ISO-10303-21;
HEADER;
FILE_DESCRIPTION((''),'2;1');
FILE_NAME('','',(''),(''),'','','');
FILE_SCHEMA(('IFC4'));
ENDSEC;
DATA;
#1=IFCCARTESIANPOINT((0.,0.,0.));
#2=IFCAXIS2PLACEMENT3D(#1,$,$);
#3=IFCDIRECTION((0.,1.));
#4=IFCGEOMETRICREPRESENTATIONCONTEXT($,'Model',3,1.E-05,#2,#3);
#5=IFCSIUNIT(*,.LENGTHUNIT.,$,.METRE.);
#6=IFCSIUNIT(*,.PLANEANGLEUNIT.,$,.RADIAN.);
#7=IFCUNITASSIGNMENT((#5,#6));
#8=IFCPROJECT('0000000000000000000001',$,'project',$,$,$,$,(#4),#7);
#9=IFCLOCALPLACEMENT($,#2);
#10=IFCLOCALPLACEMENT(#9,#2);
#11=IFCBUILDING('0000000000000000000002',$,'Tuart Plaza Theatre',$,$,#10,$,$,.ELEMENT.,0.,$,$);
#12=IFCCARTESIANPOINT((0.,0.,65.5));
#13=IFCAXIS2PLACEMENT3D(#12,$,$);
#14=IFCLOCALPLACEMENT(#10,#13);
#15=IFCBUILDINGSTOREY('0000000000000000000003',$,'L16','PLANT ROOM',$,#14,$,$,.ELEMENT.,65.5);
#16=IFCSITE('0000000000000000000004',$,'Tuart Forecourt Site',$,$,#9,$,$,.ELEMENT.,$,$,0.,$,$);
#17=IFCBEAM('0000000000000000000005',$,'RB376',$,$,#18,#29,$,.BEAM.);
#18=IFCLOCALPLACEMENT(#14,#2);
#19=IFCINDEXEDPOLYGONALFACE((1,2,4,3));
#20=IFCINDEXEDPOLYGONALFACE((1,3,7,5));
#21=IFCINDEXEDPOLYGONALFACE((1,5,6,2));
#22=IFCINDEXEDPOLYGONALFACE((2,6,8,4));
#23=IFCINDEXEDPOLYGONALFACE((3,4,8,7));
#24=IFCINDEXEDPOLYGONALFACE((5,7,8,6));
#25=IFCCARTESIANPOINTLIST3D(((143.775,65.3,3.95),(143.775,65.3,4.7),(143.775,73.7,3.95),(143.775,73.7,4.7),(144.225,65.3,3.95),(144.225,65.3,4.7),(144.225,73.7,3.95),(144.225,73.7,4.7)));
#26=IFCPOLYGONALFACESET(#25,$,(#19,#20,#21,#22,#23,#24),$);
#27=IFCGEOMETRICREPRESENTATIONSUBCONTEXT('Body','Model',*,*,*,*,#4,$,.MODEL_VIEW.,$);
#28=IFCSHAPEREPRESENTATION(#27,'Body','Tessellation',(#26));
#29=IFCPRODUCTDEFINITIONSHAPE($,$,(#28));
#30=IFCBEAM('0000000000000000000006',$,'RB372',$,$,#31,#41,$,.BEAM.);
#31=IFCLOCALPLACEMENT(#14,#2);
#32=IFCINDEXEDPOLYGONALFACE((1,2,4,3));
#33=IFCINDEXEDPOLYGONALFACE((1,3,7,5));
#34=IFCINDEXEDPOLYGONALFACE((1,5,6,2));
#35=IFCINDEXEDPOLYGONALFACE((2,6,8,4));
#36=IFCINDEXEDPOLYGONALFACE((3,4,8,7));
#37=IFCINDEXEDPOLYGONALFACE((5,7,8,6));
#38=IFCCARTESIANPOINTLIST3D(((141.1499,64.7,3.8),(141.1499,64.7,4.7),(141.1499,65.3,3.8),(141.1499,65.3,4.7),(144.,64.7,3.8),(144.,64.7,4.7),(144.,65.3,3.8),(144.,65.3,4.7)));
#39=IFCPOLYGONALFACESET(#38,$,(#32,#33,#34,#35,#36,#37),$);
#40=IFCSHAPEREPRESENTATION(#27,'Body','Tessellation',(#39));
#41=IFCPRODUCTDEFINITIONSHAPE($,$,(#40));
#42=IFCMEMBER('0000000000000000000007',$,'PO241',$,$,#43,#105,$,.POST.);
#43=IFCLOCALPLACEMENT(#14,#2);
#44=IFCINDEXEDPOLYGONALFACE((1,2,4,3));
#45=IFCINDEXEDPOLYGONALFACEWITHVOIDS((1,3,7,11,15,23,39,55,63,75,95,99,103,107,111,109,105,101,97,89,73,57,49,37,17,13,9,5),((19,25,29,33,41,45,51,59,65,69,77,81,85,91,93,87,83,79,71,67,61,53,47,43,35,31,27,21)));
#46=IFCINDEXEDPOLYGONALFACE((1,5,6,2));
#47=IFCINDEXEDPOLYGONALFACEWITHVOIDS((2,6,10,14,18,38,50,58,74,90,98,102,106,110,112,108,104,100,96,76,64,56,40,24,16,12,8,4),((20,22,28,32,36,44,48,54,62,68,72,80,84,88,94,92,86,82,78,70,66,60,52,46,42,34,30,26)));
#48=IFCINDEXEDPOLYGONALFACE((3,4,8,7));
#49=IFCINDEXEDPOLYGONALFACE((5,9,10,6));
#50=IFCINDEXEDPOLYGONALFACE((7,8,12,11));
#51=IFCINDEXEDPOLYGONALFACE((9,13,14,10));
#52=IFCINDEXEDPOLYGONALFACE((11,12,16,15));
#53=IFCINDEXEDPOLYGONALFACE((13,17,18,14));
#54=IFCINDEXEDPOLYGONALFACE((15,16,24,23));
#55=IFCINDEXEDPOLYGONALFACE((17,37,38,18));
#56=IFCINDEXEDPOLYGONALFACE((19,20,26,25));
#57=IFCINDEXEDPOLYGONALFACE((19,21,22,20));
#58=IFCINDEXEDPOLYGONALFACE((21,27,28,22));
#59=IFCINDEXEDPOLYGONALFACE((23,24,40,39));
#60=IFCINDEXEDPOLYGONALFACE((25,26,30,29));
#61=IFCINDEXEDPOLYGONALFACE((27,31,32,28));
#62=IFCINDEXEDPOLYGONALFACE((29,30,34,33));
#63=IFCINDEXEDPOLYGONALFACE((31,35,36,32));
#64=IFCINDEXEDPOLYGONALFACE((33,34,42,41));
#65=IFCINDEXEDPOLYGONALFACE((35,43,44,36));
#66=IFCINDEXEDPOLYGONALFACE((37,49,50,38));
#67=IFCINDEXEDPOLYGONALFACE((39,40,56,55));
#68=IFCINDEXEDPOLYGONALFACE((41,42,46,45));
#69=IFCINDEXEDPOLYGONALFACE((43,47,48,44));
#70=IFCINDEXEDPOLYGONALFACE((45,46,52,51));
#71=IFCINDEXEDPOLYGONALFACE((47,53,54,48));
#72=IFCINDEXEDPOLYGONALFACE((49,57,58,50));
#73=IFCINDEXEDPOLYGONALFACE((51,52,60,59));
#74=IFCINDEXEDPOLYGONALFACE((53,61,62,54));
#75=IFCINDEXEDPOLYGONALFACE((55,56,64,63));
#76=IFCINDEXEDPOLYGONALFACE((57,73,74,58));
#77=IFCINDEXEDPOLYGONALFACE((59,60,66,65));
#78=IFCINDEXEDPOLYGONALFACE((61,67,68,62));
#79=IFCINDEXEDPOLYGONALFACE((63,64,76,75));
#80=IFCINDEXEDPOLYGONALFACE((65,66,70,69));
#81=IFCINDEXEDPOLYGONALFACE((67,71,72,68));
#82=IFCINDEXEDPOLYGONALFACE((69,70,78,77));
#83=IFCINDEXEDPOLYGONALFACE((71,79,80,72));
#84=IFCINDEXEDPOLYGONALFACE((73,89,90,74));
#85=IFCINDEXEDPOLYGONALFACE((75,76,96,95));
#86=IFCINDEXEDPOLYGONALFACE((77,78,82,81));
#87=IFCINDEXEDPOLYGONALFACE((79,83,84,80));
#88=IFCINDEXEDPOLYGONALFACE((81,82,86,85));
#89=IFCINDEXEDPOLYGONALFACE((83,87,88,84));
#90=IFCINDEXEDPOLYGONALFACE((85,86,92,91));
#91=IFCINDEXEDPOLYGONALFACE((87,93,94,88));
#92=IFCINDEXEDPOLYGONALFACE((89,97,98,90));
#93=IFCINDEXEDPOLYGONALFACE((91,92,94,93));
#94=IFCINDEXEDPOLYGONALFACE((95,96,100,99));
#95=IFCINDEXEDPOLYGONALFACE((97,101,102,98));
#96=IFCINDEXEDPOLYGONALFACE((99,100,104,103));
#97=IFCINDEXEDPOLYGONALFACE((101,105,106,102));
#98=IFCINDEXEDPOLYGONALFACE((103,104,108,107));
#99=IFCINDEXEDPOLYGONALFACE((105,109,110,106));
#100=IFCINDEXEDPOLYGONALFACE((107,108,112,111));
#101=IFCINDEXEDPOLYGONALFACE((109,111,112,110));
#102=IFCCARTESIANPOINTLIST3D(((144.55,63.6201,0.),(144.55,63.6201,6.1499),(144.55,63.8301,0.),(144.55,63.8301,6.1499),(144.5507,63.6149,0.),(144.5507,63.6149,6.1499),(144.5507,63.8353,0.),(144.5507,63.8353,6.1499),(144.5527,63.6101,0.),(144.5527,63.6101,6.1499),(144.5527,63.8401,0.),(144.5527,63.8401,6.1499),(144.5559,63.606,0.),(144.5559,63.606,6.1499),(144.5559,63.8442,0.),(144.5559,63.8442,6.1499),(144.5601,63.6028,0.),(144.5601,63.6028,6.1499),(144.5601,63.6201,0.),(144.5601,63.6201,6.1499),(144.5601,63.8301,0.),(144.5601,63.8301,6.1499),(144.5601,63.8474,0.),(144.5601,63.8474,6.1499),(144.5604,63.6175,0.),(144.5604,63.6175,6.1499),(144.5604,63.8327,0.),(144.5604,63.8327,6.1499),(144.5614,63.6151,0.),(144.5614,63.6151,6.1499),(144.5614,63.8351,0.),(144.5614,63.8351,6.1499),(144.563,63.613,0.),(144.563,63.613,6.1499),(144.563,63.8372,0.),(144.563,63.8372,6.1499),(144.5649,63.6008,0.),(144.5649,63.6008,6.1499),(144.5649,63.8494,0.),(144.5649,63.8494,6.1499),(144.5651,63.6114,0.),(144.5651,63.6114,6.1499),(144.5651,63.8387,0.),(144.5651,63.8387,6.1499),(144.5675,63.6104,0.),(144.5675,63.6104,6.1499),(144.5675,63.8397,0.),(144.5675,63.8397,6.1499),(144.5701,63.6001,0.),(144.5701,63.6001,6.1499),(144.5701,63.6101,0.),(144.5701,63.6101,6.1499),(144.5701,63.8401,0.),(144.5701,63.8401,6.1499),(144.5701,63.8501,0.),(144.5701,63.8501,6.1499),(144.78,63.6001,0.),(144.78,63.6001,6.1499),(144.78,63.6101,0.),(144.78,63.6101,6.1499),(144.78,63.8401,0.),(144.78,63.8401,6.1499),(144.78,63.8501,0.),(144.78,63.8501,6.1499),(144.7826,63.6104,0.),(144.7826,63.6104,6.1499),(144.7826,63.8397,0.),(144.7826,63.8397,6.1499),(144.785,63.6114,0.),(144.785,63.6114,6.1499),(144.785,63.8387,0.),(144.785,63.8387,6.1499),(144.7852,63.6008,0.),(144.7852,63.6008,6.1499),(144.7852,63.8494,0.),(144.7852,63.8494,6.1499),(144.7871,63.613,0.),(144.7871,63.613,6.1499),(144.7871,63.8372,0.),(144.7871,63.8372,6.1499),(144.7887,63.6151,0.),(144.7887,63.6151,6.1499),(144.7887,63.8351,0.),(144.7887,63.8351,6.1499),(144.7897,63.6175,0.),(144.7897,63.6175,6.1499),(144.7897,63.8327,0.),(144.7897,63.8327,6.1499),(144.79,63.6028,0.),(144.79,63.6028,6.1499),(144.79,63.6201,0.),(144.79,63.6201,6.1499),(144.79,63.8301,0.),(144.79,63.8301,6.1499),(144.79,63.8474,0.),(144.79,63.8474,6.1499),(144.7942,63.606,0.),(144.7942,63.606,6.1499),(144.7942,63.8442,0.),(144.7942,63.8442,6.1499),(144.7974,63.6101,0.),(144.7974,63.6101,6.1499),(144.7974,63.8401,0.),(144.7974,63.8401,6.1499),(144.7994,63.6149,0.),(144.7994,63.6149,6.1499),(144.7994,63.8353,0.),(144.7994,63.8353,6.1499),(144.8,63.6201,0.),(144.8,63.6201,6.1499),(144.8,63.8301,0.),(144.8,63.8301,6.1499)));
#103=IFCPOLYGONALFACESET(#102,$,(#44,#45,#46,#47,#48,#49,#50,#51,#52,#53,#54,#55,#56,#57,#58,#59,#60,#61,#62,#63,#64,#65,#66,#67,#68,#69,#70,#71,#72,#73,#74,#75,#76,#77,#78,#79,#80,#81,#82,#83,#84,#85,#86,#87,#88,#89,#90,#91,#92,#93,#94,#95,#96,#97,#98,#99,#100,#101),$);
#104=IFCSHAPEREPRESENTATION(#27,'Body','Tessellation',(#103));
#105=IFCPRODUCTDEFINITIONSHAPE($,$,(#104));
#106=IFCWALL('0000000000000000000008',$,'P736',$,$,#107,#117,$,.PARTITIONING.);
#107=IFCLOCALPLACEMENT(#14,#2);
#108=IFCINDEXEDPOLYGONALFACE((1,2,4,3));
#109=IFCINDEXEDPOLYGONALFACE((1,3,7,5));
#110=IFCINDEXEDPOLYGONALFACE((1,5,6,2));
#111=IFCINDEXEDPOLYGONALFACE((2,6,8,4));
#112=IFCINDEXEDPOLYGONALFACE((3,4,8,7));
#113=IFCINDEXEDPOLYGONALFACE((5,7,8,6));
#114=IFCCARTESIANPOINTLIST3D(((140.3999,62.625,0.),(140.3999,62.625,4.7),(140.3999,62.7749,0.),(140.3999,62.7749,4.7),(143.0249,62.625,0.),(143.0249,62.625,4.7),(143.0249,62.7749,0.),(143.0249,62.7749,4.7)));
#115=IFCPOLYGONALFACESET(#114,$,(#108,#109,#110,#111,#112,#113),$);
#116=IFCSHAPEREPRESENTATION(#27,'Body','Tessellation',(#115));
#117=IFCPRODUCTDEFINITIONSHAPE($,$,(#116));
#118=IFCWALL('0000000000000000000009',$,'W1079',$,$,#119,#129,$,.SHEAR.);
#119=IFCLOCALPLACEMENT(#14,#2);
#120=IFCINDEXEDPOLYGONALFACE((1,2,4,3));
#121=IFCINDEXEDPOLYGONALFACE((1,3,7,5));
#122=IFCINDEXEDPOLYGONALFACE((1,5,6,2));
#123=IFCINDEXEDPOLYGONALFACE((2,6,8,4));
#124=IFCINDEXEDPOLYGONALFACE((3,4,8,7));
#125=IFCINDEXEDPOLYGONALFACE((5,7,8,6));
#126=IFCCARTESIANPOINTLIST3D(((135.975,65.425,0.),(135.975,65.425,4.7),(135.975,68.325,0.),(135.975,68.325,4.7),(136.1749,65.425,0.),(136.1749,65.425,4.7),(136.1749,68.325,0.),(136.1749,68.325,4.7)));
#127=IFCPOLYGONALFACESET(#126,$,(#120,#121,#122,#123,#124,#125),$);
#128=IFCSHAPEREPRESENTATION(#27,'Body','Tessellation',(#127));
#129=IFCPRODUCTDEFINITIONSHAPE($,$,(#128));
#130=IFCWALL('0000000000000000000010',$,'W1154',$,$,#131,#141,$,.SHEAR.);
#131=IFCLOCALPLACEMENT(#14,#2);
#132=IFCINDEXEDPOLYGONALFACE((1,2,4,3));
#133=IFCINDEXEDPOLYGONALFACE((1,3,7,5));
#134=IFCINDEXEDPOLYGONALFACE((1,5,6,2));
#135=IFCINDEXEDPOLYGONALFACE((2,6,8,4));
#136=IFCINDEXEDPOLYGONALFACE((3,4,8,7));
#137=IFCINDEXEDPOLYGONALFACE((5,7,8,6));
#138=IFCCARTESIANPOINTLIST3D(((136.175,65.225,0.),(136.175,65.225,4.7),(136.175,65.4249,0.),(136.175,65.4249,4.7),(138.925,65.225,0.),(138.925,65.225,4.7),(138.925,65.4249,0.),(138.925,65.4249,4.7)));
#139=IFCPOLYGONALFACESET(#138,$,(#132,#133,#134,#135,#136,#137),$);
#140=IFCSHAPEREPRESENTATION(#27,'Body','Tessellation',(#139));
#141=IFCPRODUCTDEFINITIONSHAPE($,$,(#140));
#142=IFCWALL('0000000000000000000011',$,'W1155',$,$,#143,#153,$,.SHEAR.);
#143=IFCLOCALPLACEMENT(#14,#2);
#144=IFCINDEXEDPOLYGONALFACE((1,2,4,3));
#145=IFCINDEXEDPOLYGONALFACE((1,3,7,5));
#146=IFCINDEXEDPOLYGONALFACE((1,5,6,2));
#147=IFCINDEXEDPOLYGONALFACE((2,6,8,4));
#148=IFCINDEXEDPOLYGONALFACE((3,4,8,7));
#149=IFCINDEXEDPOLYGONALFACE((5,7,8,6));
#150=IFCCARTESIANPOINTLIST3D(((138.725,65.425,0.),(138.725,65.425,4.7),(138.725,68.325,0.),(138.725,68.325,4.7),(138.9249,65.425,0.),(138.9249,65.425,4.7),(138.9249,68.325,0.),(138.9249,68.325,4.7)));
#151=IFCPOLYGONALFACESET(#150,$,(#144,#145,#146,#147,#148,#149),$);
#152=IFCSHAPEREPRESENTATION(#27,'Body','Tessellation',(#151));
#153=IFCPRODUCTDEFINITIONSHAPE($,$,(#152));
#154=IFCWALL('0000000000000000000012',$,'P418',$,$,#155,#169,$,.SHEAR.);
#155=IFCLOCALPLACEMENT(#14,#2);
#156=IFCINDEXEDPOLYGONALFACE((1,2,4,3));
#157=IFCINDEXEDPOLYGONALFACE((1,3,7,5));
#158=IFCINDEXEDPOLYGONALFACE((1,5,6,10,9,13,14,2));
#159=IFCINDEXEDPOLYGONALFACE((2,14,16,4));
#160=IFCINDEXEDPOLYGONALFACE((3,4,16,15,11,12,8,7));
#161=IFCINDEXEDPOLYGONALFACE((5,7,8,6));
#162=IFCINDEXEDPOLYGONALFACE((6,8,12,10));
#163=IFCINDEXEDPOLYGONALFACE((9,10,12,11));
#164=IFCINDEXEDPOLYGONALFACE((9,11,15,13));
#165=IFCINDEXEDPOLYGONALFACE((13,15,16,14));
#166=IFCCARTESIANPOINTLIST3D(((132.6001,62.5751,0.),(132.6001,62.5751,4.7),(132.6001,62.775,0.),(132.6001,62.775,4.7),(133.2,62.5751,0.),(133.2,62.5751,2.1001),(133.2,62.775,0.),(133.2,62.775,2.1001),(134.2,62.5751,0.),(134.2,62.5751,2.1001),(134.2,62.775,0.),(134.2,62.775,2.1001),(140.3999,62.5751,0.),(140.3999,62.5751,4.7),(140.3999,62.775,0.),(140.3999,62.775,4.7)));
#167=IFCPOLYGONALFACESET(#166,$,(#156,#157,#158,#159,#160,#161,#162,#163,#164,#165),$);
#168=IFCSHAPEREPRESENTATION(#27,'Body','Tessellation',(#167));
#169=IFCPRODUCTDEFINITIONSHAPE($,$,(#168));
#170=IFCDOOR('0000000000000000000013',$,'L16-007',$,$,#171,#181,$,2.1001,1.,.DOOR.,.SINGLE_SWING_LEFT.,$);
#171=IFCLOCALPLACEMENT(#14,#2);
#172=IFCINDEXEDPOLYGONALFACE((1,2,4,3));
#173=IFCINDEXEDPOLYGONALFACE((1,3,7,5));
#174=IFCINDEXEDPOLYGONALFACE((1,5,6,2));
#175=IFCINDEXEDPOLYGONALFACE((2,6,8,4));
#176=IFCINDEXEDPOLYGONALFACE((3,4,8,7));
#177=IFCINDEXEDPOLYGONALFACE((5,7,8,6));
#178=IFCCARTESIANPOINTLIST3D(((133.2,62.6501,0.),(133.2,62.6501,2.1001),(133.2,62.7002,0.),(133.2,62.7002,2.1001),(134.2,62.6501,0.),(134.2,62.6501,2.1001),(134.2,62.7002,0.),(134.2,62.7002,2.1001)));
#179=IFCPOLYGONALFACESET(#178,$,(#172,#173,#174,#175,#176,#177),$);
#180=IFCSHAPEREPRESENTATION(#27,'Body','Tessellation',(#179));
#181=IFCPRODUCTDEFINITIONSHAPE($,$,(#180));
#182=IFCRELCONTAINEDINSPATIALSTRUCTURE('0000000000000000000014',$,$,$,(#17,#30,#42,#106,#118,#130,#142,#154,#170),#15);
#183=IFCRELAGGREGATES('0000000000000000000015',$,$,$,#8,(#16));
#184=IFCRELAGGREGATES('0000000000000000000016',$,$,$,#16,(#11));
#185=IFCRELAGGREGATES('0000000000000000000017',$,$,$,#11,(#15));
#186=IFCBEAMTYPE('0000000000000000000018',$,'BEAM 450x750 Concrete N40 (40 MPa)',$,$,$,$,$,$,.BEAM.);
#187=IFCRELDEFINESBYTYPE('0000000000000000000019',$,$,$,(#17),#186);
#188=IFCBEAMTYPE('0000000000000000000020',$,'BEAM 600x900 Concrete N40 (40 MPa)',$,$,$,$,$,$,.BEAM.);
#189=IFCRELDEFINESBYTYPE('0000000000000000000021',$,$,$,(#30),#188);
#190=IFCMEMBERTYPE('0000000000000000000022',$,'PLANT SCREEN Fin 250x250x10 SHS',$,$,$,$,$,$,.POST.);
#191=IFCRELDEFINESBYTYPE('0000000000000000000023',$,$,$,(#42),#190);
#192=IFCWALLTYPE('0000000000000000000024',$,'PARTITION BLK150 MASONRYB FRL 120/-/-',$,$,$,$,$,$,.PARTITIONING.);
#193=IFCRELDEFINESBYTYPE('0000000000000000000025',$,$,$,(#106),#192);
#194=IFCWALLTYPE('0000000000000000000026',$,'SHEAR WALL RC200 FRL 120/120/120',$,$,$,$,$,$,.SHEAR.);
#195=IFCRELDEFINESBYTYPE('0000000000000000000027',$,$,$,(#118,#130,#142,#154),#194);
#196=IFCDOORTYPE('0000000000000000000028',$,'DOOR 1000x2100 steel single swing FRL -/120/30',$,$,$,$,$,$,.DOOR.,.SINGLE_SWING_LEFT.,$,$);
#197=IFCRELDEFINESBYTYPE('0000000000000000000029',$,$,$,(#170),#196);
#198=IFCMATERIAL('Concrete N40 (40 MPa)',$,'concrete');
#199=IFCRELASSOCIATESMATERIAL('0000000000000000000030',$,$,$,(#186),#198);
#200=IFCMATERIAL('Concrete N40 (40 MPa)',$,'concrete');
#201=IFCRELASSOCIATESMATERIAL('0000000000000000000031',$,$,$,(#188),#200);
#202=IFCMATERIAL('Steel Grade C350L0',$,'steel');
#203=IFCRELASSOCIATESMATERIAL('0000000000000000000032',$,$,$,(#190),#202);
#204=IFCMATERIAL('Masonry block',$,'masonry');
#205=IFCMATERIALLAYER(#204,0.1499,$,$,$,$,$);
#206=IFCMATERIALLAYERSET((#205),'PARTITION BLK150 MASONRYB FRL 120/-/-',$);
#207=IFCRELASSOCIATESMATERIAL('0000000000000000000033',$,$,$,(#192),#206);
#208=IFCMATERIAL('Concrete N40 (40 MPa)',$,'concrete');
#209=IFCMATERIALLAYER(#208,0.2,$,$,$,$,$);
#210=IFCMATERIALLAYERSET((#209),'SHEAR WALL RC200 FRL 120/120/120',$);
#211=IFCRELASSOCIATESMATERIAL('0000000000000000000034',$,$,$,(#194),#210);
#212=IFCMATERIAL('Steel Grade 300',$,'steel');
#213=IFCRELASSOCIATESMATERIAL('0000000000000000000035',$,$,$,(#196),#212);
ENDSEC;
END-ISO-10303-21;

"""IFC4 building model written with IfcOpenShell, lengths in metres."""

from ifc_helpers import new_model, si_unit, direction, frame, frame_2d, origin, origin_2d, place, context, subcontext, project, spatial, rectangle, hollow_rectangle, extrude, material, layer, layer_set, material_profile, profile_set, type_object, element, fill, save


model = new_model("IFC4")

# Units and contexts
model_context = context("Model", 3, precision=1e-05, world=origin(), true_north=direction((0.0, 1.0)))
body_context = subcontext(model_context, "Body", "Model", "MODEL_VIEW")
ifc_project = project(units=[si_unit("LENGTHUNIT", "METRE"), si_unit("PLANEANGLEUNIT", "RADIAN")], contexts=[model_context])

# Site, building, storey
site_placement = place(None, origin())
site = spatial("IfcSite", under=ifc_project, at=site_placement, Name="Tuart Forecourt Site", CompositionType="ELEMENT", RefElevation=0.0)
building_placement = place(site_placement, origin())
building = spatial("IfcBuilding", under=site, at=building_placement, Name="Tuart Plaza Theatre", CompositionType="ELEMENT", ElevationOfRefHeight=0.0)
storey_placement = place(building_placement, frame((0.0, 0.0, 65.5)))
storey = spatial("IfcBuildingStorey", under=building, at=storey_placement, Name="L16", Description="PLANT ROOM", CompositionType="ELEMENT", Elevation=65.5)

# Beams
ifc_material_1 = material(Name="Concrete N40 (40 MPa)", Category="concrete")
ifc_material_profile_1 = material_profile(ifc_material_1, rectangle(XDim=0.45, YDim=0.75, at=origin_2d()), Name="BEAM 450x750 Concrete N40 (40 MPa)")
ifc_profile_set_1 = profile_set([ifc_material_profile_1], Name="Concrete N40 (40 MPa)")
beam_type_1 = type_object("IfcBeamType", Name="BEAM 450x750 Concrete N40 (40 MPa)", PredefinedType="BEAM", material=ifc_profile_set_1)
beam_1_placement = place(storey_placement, frame((144.0, 65.3, 4.325), z_axis=(0.0, 1.0, 0.0), x_axis=(-1.0, 0.0, 0.0)))
element("IfcBeam", 1, at=beam_1_placement, inside=storey, type_object=beam_type_1, Name="RB376", PredefinedType="BEAM", context=body_context, shape_type="SweptSolid", body=[
    extrude(rectangle(XDim=0.45, YDim=0.75, at=origin_2d()), origin(), (0.0, 0.0, 1.0), 8.3999),
])
ifc_material_2 = material(Name="Concrete N40 (40 MPa)", Category="concrete")
ifc_material_profile_2 = material_profile(ifc_material_2, rectangle(XDim=0.6001, YDim=0.8999, at=origin_2d()), Name="BEAM 600x900 Concrete N40 (40 MPa)")
ifc_profile_set_2 = profile_set([ifc_material_profile_2], Name="Concrete N40 (40 MPa)")
beam_type_2 = type_object("IfcBeamType", Name="BEAM 600x900 Concrete N40 (40 MPa)", PredefinedType="BEAM", material=ifc_profile_set_2)
beam_2_placement = place(storey_placement, frame((141.1499, 65.0, 4.25), z_axis=(1.0, 0.0, 0.0), x_axis=(0.0, 1.0, 0.0)))
element("IfcBeam", 2, at=beam_2_placement, inside=storey, type_object=beam_type_2, Name="RB372", PredefinedType="BEAM", context=body_context, shape_type="SweptSolid", body=[
    extrude(rectangle(XDim=0.6001, YDim=0.8999, at=origin_2d()), origin(), (0.0, 0.0, 1.0), 2.8501),
])

# Member
ifc_material_3 = material(Name="Steel Grade C350L0", Category="steel")
ifc_material_profile_3 = material_profile(ifc_material_3, hollow_rectangle(XDim=0.25, YDim=0.25, WallThickness=0.01, InnerFilletRadius=0.01, OuterFilletRadius=0.02, at=origin_2d()), Name="250x250x10 SHS")
ifc_profile_set_3 = profile_set([ifc_material_profile_3], Name="Steel Grade C350L0")
member_type = type_object("IfcMemberType", Name="PLANT SCREEN Fin 250x250x10 SHS", PredefinedType="POST", material=ifc_profile_set_3)
member_placement = place(storey_placement, frame((144.675, 63.7251, 0.0), z_axis=(0.0, 0.0, 1.0), x_axis=(1.0, 0.0, 0.0)))
element("IfcMember", 3, at=member_placement, inside=storey, type_object=member_type, Name="PO241", PredefinedType="POST", context=body_context, shape_type="SweptSolid", body=[
    extrude(hollow_rectangle(XDim=0.25, YDim=0.25, WallThickness=0.01, InnerFilletRadius=0.01, OuterFilletRadius=0.02, at=origin_2d()), origin(), (0.0, 0.0, 1.0), 6.1499),
])

# Walls
ifc_material_4 = material(Name="Masonry block", Category="masonry")
ifc_layer_1 = layer(ifc_material_4, 0.1499)
ifc_layer_set_1 = layer_set([ifc_layer_1], Name="PARTITION BLK150 MASONRYB FRL 120/-/-")
wall_type_1 = type_object("IfcWallType", Name="PARTITION BLK150 MASONRYB FRL 120/-/-", PredefinedType="PARTITIONING", material=ifc_layer_set_1)
wall_1_placement = place(storey_placement, frame((143.0249, 62.7, 0.0), z_axis=(0.0, 0.0, 1.0), x_axis=(-1.0, 0.0, 0.0)))
element("IfcWall", 4, at=wall_1_placement, inside=storey, type_object=wall_type_1, Name="P736", PredefinedType="PARTITIONING", context=body_context, shape_type="SweptSolid", body=[
    extrude(rectangle(XDim=2.625, YDim=0.1499, at=frame_2d((1.3125, 0.0))), origin(), (0.0, 0.0, 1.0), 4.7),
])
ifc_material_5 = material(Name="Concrete N40 (40 MPa)", Category="concrete")
ifc_layer_2 = layer(ifc_material_5, 0.2)
ifc_layer_set_2 = layer_set([ifc_layer_2], Name="SHEAR WALL RC200 FRL 120/120/120")
wall_type_2 = type_object("IfcWallType", Name="SHEAR WALL RC200 FRL 120/120/120", PredefinedType="SHEAR", material=ifc_layer_set_2)
wall_2_placement = place(storey_placement, frame((136.075, 65.425, 0.0), z_axis=(0.0, 0.0, 1.0), x_axis=(0.0, 1.0, 0.0)))
element("IfcWall", 5, at=wall_2_placement, inside=storey, type_object=wall_type_2, Name="W1079", PredefinedType="SHEAR", context=body_context, shape_type="SweptSolid", body=[
    extrude(rectangle(XDim=2.8999, YDim=0.2, at=frame_2d((1.45, 0.0))), origin(), (0.0, 0.0, 1.0), 4.7),
])
wall_3_placement = place(storey_placement, frame((136.175, 65.325, 0.0), z_axis=(0.0, 0.0, 1.0), x_axis=(1.0, 0.0, 0.0)))
element("IfcWall", 6, at=wall_3_placement, inside=storey, type_object=wall_type_2, Name="W1154", PredefinedType="SHEAR", context=body_context, shape_type="SweptSolid", body=[
    extrude(rectangle(XDim=2.75, YDim=0.2, at=frame_2d((1.375, 0.0))), origin(), (0.0, 0.0, 1.0), 4.7),
])
wall_4_placement = place(storey_placement, frame((138.825, 65.425, 0.0), z_axis=(0.0, 0.0, 1.0), x_axis=(0.0, 1.0, 0.0)))
element("IfcWall", 7, at=wall_4_placement, inside=storey, type_object=wall_type_2, Name="W1155", PredefinedType="SHEAR", context=body_context, shape_type="SweptSolid", body=[
    extrude(rectangle(XDim=2.8999, YDim=0.2, at=frame_2d((1.45, 0.0))), origin(), (0.0, 0.0, 1.0), 4.7),
])

# Wall, opening, door
wall_5_placement = place(storey_placement, frame((140.3999, 62.675, 0.0), z_axis=(0.0, 0.0, 1.0), x_axis=(-1.0, 0.0, 0.0)))
wall_5 = element("IfcWall", 8, at=wall_5_placement, inside=storey, type_object=wall_type_2, Name="P418", PredefinedType="SHEAR", context=body_context, shape_type="SweptSolid", body=[
    extrude(rectangle(XDim=7.7998, YDim=0.2, at=frame_2d((3.8999, 0.0))), origin(), (0.0, 0.0, 1.0), 4.7),
])
opening_1_placement = place(wall_5_placement, frame((6.2, 0.0, 0.0)))
opening_1 = element("IfcOpeningElement", 9, at=opening_1_placement, cuts=wall_5, PredefinedType="OPENING", context=body_context, shape_type="SweptSolid", body=[
    extrude(rectangle(XDim=1.0, YDim=2.1001, at=frame_2d((0.5, 1.05))), frame((0.0, 0.1099, 0.0), z_axis=(0.0, -1.0, 0.0), x_axis=(1.0, 0.0, 0.0)), (0.0, 0.0, 1.0), 0.22),
])
ifc_material_6 = material(Name="Steel Grade 300", Category="steel")
door_type_1 = type_object("IfcDoorType", Name="DOOR 1000x2100 steel single swing FRL -/120/30", OperationType="SINGLE_SWING_LEFT", PredefinedType="DOOR", material=ifc_material_6)
door_1_placement = place(opening_1_placement, origin())
door_1 = element("IfcDoor", 10, at=door_1_placement, inside=storey, type_object=door_type_1, Name="L16-007", OperationType="SINGLE_SWING_LEFT", OverallHeight=2.1001, OverallWidth=1.0, PredefinedType="DOOR", context=body_context, shape_type="SweptSolid", body=[
    extrude(rectangle(XDim=1.0, YDim=2.1001, at=frame_2d((0.5, 1.05))), frame((0.0, 0.0249, 0.0), z_axis=(0.0, -1.0, 0.0), x_axis=(1.0, 0.0, 0.0)), (0.0, 0.0, 1.0), 0.05),
])
fill(opening_1, door_1)

save(model, "model.ifc")
